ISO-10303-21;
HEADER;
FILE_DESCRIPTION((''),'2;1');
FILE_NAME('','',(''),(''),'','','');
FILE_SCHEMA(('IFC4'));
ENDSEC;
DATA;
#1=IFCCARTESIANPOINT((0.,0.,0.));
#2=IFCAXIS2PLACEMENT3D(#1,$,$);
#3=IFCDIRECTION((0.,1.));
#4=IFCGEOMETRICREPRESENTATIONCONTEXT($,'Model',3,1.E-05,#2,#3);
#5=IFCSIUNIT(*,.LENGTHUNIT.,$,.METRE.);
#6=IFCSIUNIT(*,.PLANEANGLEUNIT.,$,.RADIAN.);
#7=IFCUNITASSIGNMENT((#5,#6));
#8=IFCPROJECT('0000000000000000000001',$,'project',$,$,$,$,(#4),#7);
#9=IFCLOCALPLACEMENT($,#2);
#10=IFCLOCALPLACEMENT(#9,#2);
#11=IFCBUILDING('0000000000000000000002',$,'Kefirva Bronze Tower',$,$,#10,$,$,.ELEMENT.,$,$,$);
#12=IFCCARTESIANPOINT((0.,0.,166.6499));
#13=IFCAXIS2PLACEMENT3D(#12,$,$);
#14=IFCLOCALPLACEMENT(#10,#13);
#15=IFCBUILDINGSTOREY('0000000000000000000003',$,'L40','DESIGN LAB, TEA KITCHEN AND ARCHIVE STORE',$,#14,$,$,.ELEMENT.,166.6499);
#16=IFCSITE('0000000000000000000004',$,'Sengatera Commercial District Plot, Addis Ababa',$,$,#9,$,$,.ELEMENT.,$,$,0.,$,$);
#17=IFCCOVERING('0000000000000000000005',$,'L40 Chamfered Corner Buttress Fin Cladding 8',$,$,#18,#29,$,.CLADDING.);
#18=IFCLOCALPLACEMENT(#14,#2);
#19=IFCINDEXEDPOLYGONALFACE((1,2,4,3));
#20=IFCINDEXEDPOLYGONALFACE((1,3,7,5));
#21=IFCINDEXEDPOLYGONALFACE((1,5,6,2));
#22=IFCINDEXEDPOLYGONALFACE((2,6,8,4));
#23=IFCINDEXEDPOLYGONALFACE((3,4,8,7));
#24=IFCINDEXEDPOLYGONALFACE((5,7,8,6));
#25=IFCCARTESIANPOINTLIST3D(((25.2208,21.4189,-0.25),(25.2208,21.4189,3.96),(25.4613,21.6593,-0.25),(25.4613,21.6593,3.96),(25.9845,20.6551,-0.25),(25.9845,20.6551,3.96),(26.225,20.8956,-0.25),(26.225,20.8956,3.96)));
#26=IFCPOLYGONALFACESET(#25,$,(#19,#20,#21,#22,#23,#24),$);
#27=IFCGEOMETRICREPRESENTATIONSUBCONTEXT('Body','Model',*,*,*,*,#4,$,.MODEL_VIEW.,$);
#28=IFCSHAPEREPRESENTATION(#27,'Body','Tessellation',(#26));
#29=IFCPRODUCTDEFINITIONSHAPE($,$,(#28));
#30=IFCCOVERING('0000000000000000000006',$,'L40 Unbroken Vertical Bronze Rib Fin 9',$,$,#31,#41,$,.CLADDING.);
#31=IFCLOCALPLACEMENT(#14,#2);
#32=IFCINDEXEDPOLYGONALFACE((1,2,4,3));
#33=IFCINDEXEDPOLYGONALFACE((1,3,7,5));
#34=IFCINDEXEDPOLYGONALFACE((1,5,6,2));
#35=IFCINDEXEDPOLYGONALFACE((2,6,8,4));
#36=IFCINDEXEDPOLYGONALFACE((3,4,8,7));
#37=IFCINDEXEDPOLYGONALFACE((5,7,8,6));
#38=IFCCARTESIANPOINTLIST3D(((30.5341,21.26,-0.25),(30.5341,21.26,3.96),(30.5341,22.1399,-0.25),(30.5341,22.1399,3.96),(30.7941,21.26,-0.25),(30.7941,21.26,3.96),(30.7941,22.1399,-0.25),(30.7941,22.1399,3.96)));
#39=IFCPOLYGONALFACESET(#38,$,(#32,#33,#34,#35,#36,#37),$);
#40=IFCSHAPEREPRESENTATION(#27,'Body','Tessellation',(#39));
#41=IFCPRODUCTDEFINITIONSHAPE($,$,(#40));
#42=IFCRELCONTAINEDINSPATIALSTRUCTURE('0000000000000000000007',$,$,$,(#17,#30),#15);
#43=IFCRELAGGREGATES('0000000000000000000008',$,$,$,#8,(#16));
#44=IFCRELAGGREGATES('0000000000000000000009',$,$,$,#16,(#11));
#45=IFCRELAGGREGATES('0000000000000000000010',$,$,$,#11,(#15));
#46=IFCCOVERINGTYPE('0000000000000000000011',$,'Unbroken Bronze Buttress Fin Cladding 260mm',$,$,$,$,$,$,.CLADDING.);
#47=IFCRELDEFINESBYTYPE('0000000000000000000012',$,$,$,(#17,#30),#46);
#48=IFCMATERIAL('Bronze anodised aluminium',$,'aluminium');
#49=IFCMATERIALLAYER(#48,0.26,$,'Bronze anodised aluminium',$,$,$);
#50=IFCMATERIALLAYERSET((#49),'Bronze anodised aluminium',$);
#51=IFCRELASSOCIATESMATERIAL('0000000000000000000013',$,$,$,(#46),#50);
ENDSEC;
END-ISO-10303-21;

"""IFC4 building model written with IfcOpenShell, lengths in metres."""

from ifc_helpers import new_model, si_unit, direction, frame, origin, origin_2d, place, context, subcontext, project, spatial, rectangle, extrude, material, layer, layer_set, type_object, element, save


model = new_model("IFC4")

# Units and contexts
model_context = context("Model", 3, precision=1e-05, world=origin(), true_north=direction((0.0, 1.0)))
body_context = subcontext(model_context, "Body", "Model", "MODEL_VIEW")
ifc_project = project(units=[si_unit("LENGTHUNIT", "METRE"), si_unit("PLANEANGLEUNIT", "RADIAN")], contexts=[model_context])

# Site, building, storey
site_placement = place(None, origin())
site = spatial("IfcSite", under=ifc_project, at=site_placement, Name="Sengatera Commercial District Plot, Addis Ababa", CompositionType="ELEMENT", RefElevation=0.0)
building_placement = place(site_placement, origin())
building = spatial("IfcBuilding", under=site, at=building_placement, Name="Kefirva Bronze Tower", CompositionType="ELEMENT")
storey_placement = place(building_placement, frame((0.0, 0.0, 166.6499)))
storey = spatial("IfcBuildingStorey", under=building, at=storey_placement, Name="L40", Description="DESIGN LAB, TEA KITCHEN AND ARCHIVE STORE", CompositionType="ELEMENT", Elevation=166.6499)

# Shared definitions
ifc_material_1 = material(Name="Bronze anodised aluminium", Category="aluminium")

# Coverings
ifc_layer_1 = layer(ifc_material_1, 0.26, Name="Bronze anodised aluminium")
ifc_layer_set_1 = layer_set([ifc_layer_1], Name="Bronze anodised aluminium")
covering_type_1 = type_object("IfcCoveringType", Name="Unbroken Bronze Buttress Fin Cladding 260mm", PredefinedType="CLADDING", material=ifc_layer_set_1)
covering_1_placement = place(storey_placement, frame((25.7229, 21.1572, -0.25), z_axis=(0.0, 0.0, 1.0), x_axis=(0.707107, 0.707107, 0.0)))
element("IfcCovering", 1, at=covering_1_placement, inside=storey, type_object=covering_type_1, Name="L40 Chamfered Corner Buttress Fin Cladding 8", PredefinedType="CLADDING", context=body_context, shape_type="SweptSolid", body=[
    extrude(rectangle(XDim=0.3401, YDim=1.0801, at=origin_2d()), origin(), (0.0, 0.0, 1.0), 4.21),
])
covering_2_placement = place(storey_placement, frame((30.6641, 21.7, -0.25), z_axis=(0.0, 0.0, 1.0), x_axis=(1.0, 0.0, 0.0)))
element("IfcCovering", 2, at=covering_2_placement, inside=storey, type_object=covering_type_1, Name="L40 Unbroken Vertical Bronze Rib Fin 9", PredefinedType="CLADDING", context=body_context, shape_type="SweptSolid", body=[
    extrude(rectangle(XDim=0.26, YDim=0.8799, at=origin_2d()), origin(), (0.0, 0.0, 1.0), 4.21),
])

save(model, "model.ifc")
